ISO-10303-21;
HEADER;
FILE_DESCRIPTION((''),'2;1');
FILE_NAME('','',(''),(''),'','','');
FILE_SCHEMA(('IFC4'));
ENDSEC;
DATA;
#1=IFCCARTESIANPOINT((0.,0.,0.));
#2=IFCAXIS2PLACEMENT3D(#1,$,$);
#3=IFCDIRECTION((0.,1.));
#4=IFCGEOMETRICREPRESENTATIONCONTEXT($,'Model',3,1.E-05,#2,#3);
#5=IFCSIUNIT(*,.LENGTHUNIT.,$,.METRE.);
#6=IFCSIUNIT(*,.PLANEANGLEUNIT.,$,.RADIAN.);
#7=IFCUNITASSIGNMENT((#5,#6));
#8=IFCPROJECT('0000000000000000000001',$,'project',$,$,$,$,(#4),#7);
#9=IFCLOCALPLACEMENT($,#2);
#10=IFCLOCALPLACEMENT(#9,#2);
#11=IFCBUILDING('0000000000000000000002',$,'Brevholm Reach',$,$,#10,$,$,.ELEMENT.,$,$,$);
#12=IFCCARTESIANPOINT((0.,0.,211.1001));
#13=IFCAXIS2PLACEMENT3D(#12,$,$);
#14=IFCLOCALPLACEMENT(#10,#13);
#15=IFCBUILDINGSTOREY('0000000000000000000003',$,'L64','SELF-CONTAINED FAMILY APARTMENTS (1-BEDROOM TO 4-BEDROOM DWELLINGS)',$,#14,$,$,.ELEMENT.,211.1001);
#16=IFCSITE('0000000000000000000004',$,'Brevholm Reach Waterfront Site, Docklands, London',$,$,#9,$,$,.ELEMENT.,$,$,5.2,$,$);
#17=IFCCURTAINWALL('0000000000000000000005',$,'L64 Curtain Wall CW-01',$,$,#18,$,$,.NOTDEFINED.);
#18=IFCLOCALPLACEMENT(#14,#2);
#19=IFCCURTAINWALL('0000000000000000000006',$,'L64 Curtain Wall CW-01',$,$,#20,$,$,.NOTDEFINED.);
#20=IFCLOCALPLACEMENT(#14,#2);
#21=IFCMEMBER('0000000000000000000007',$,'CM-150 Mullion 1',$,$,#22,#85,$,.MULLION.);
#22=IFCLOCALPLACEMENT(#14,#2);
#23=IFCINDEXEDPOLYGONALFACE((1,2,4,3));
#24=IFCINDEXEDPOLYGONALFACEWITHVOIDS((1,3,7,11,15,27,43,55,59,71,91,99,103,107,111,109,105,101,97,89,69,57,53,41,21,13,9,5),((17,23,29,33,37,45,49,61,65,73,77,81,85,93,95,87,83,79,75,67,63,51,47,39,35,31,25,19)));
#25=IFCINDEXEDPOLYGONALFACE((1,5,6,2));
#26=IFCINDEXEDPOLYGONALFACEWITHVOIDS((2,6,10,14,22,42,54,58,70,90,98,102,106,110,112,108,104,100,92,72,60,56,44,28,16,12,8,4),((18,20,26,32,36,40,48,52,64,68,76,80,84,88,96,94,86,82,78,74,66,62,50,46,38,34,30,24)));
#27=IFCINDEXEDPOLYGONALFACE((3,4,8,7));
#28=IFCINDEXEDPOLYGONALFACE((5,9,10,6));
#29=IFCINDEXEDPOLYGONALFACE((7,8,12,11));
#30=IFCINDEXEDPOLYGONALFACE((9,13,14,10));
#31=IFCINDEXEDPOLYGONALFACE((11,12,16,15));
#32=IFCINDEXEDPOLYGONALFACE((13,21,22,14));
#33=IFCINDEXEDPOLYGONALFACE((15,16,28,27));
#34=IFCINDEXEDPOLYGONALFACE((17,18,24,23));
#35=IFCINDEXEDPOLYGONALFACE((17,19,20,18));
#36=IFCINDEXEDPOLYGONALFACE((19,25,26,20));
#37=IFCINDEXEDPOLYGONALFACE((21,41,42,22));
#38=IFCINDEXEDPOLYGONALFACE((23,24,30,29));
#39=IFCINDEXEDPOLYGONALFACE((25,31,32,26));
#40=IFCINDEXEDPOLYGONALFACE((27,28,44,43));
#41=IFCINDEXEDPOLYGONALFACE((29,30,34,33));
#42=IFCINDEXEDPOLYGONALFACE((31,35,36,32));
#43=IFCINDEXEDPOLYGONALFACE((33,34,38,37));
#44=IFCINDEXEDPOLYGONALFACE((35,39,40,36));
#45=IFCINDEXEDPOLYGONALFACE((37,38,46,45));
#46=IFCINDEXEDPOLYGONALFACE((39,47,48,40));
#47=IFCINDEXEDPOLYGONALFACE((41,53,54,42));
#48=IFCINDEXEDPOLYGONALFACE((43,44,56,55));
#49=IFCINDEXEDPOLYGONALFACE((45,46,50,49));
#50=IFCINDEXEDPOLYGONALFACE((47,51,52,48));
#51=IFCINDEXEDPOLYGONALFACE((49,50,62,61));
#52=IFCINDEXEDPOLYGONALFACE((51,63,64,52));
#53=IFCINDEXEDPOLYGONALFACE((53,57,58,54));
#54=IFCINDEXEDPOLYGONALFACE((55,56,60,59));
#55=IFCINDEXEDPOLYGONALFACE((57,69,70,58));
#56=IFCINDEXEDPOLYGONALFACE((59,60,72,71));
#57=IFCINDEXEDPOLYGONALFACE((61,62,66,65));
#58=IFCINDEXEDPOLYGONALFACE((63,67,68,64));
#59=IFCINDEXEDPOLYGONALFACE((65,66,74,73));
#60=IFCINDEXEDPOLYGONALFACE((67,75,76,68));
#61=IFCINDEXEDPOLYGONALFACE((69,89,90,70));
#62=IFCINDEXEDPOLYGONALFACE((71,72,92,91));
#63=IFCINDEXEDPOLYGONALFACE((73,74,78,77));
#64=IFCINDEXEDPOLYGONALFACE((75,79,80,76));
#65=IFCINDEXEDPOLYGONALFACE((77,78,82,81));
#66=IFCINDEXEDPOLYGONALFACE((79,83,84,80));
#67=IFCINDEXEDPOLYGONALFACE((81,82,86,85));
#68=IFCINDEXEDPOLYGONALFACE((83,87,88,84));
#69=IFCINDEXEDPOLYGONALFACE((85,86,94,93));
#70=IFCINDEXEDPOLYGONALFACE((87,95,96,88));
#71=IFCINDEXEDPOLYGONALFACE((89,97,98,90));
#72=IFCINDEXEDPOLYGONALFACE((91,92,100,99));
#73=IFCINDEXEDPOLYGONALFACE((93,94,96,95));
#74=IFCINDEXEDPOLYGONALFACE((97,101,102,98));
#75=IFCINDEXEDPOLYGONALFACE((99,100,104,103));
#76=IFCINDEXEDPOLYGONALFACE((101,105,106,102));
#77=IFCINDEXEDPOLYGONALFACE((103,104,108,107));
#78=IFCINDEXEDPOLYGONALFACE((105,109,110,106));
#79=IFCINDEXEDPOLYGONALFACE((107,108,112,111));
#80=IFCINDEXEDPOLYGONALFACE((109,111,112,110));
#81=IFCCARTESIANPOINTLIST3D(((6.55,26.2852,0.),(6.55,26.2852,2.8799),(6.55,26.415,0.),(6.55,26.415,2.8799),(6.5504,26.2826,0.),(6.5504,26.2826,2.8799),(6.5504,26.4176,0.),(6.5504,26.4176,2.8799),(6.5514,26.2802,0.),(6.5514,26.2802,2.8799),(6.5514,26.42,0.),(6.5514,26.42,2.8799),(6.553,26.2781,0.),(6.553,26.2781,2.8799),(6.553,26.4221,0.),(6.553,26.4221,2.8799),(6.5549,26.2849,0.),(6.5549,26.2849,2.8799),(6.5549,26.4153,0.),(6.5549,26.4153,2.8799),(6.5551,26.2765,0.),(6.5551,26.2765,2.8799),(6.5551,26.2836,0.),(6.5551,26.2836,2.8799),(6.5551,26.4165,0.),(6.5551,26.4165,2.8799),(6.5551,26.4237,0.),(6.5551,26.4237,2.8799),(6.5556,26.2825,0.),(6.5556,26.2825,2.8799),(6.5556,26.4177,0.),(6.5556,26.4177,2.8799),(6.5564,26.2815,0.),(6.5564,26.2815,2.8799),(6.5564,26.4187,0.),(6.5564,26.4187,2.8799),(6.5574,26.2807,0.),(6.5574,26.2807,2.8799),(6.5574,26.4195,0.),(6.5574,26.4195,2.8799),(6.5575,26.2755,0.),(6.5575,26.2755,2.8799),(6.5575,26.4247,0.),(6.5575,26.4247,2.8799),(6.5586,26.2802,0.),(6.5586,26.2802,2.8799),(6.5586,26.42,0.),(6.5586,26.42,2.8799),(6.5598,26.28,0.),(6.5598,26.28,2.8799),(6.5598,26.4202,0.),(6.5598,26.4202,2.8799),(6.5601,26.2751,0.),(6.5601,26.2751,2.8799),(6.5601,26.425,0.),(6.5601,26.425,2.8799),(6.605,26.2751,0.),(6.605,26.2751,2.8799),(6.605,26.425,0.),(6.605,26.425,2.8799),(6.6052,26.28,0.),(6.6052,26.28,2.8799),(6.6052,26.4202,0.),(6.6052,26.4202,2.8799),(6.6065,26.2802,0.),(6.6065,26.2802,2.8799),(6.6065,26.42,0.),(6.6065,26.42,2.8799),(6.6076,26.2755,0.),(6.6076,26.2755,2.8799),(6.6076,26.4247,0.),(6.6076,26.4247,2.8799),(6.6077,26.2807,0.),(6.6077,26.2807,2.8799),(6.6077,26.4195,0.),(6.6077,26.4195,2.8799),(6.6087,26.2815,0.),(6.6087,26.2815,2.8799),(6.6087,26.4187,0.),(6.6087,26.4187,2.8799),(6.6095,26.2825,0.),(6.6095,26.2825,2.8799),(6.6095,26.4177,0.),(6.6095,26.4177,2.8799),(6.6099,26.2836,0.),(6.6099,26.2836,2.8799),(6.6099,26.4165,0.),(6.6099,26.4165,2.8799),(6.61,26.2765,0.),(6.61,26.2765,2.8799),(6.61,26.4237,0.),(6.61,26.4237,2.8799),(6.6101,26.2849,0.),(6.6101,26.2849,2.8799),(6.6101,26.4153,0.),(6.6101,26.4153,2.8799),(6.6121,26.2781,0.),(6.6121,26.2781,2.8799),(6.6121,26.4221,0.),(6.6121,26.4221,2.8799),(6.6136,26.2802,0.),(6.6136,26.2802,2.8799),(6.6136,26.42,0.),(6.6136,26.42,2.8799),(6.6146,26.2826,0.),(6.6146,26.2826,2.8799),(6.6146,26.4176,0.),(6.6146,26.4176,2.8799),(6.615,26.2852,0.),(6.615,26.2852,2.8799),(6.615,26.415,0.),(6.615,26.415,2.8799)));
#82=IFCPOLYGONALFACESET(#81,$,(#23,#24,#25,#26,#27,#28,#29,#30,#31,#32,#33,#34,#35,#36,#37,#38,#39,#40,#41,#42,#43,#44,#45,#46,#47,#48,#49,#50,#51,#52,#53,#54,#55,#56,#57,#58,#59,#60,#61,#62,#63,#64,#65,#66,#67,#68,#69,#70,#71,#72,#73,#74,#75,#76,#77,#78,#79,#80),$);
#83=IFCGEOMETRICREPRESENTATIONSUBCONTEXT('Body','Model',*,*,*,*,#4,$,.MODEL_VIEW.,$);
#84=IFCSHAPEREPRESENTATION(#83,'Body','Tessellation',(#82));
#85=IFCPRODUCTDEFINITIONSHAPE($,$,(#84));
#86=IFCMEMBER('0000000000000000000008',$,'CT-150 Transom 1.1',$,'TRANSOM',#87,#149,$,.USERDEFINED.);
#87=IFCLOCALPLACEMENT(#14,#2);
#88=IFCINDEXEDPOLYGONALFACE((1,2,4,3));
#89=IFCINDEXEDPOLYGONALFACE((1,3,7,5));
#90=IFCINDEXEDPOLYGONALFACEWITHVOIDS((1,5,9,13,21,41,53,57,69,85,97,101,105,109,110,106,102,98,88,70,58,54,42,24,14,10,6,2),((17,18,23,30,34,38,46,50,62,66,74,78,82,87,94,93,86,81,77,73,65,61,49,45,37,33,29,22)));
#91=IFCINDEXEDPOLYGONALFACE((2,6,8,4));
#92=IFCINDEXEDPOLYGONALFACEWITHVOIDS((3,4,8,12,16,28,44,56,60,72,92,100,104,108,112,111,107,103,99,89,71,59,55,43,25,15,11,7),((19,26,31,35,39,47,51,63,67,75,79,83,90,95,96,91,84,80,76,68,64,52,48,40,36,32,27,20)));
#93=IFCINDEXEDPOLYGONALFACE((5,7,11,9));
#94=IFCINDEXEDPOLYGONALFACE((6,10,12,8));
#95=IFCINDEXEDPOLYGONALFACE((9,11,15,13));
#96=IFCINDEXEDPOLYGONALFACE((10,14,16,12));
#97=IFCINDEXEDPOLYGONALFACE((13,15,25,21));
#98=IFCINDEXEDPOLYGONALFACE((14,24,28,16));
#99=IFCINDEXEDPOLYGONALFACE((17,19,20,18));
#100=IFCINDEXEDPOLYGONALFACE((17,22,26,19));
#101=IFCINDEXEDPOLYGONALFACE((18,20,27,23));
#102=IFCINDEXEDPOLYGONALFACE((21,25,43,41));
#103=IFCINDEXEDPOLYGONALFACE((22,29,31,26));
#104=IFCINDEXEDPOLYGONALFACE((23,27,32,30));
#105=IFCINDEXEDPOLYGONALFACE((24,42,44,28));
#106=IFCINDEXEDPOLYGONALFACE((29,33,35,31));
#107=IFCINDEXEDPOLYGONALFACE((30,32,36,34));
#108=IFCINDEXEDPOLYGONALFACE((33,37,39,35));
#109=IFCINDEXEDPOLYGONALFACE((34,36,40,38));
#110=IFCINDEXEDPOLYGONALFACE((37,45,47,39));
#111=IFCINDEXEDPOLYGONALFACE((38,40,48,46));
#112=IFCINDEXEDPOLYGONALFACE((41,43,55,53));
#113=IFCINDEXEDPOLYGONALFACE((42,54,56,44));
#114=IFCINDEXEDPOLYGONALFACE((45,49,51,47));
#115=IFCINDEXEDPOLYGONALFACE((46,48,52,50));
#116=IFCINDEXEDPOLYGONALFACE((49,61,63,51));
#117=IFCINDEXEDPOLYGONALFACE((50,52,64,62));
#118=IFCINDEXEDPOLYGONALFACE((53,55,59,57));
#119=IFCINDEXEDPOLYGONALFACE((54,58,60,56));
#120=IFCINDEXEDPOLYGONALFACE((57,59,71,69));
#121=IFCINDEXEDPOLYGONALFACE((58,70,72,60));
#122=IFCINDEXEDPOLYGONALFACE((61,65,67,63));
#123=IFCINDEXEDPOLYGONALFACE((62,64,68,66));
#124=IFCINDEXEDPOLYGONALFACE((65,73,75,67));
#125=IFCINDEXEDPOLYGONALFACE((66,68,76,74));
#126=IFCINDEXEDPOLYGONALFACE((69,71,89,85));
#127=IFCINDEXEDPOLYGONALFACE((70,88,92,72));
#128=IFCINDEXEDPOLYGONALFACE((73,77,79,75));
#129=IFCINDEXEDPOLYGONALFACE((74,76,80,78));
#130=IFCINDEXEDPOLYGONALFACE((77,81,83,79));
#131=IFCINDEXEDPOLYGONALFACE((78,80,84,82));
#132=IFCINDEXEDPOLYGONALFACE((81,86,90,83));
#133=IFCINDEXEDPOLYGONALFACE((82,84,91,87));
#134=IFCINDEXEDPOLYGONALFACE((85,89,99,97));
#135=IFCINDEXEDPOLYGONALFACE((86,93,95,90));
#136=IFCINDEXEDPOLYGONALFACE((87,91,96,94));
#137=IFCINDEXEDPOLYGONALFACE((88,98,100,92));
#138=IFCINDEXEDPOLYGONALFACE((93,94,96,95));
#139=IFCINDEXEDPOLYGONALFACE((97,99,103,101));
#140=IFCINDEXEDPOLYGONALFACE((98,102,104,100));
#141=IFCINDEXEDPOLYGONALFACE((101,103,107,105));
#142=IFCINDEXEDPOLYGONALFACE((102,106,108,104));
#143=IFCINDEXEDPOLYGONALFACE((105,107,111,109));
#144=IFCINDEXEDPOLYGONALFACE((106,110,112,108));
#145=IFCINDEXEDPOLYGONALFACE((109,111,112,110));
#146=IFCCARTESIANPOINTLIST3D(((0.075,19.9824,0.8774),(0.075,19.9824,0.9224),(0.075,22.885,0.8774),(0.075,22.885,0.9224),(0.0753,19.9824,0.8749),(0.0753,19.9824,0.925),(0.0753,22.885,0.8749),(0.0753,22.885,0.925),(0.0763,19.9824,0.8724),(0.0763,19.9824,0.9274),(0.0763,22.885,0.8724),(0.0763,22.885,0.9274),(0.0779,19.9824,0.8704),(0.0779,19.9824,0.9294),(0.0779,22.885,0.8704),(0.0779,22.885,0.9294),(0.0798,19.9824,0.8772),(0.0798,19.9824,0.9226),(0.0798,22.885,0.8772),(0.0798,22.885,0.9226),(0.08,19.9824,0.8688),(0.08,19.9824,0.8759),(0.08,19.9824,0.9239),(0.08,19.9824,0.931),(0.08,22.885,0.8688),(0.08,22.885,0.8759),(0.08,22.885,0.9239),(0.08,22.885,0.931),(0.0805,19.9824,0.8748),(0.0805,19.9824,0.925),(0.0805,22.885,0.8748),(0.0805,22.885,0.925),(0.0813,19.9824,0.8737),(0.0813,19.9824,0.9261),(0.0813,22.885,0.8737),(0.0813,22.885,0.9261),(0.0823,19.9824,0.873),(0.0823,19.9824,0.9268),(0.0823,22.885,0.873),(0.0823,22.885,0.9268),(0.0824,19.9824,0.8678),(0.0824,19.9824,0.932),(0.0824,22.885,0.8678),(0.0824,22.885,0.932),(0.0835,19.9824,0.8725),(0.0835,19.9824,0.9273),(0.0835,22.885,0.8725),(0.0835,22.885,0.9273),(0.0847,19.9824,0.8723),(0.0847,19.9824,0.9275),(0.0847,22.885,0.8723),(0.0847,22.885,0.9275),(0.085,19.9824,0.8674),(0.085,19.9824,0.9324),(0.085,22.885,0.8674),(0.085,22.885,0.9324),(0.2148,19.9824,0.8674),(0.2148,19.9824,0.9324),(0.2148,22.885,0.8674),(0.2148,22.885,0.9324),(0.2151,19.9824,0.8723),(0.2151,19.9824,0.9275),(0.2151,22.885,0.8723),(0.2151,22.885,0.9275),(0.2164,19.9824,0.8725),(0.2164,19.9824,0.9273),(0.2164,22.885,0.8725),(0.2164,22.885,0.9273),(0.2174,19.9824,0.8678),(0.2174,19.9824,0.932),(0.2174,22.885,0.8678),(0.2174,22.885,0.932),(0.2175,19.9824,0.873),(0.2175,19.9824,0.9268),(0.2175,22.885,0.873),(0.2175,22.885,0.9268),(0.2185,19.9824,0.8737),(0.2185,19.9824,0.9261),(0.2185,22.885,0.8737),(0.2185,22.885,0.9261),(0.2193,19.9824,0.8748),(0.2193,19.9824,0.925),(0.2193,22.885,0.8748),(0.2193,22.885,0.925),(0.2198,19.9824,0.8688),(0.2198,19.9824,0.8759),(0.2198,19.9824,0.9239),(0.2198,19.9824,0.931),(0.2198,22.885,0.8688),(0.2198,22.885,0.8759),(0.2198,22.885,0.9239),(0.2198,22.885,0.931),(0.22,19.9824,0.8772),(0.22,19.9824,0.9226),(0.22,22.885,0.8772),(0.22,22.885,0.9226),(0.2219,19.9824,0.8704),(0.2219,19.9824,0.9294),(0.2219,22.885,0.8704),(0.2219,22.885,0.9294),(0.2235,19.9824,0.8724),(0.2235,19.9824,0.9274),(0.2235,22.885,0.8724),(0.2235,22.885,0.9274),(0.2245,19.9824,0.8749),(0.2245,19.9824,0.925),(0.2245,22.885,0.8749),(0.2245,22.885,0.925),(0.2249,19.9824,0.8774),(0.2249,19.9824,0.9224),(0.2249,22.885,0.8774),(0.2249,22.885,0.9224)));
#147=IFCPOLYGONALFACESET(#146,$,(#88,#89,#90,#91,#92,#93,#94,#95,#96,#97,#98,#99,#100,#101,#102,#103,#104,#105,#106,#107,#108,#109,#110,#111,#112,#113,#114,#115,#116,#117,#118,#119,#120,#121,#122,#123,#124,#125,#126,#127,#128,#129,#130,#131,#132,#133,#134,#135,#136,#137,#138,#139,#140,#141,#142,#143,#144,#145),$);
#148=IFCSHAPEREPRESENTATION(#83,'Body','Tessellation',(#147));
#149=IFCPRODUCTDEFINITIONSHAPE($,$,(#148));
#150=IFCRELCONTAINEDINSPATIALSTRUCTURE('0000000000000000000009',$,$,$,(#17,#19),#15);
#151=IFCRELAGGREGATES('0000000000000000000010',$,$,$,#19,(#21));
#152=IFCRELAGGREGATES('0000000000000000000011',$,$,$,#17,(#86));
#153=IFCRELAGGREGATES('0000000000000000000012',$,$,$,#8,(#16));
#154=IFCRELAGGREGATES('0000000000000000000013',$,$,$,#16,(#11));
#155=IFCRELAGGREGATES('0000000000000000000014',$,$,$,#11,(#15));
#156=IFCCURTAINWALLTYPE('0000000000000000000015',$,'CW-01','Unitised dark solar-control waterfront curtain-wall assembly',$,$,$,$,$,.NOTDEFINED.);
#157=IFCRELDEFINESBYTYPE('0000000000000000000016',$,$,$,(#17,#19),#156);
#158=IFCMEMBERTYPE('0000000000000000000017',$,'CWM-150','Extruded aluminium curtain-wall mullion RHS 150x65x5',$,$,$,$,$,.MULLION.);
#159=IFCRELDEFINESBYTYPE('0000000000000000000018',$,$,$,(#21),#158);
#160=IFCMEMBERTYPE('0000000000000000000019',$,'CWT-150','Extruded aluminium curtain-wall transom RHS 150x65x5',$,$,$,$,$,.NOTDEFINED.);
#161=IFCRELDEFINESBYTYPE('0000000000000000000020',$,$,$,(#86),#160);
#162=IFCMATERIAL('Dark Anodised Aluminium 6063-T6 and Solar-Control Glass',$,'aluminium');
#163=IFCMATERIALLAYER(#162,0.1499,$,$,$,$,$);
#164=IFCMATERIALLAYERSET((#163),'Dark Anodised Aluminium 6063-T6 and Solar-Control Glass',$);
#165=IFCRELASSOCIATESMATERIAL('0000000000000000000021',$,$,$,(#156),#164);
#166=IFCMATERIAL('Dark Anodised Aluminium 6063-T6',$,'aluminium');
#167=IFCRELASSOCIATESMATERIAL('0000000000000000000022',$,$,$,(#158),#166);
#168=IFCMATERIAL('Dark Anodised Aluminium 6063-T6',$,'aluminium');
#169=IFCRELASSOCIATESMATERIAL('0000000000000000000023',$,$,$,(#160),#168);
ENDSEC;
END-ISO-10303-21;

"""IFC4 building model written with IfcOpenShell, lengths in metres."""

from ifc_helpers import new_model, si_unit, direction, frame, origin, origin_2d, place, context, subcontext, project, spatial, hollow_rectangle, extrude, material, layer, layer_set, material_profile, profile_set, type_object, element, aggregate, save


model = new_model("IFC4")

# Units and contexts
model_context = context("Model", 3, precision=1e-05, world=origin(), true_north=direction((0.0, 1.0)))
body_context = subcontext(model_context, "Body", "Model", "MODEL_VIEW")
ifc_project = project(units=[si_unit("LENGTHUNIT", "METRE"), si_unit("PLANEANGLEUNIT", "RADIAN")], contexts=[model_context])

# Site, building, storey
site_placement = place(None, origin())
site = spatial("IfcSite", under=ifc_project, at=site_placement, Name="Brevholm Reach Waterfront Site, Docklands, London", CompositionType="ELEMENT", RefElevation=5.2)
building_placement = place(site_placement, origin())
building = spatial("IfcBuilding", under=site, at=building_placement, Name="Brevholm Reach", CompositionType="ELEMENT")
storey_placement = place(building_placement, frame((0.0, 0.0, 211.1001)))
storey = spatial("IfcBuildingStorey", under=building, at=storey_placement, Name="L64", Description="SELF-CONTAINED FAMILY APARTMENTS (1-BEDROOM TO 4-BEDROOM DWELLINGS)", CompositionType="ELEMENT", Elevation=211.1001)

# Curtain wall
ifc_material_1 = material(Name="Dark Anodised Aluminium 6063-T6 and Solar-Control Glass", Category="aluminium")
ifc_layer_1 = layer(ifc_material_1, 0.1499)
ifc_layer_set_1 = layer_set([ifc_layer_1], Name="Dark Anodised Aluminium 6063-T6 and Solar-Control Glass")
curtain_wall_type = type_object("IfcCurtainWallType", Name="CW-01", Description="Unitised dark solar-control waterfront curtain-wall assembly", PredefinedType="NOTDEFINED", material=ifc_layer_set_1)
curtain_wall_1_placement = place(storey_placement, origin())
curtain_wall_1 = element("IfcCurtainWall", 1, at=curtain_wall_1_placement, inside=storey, type_object=curtain_wall_type, Name="L64 Curtain Wall CW-01", PredefinedType="NOTDEFINED")
ifc_material_2 = material(Name="Dark Anodised Aluminium 6063-T6", Category="aluminium")
ifc_material_profile_1 = material_profile(ifc_material_2, hollow_rectangle(XDim=0.0649, YDim=0.1499, WallThickness=0.0049, InnerFilletRadius=0.0049, OuterFilletRadius=0.01, at=origin_2d()), Name="RHS 150x65x5")
ifc_profile_set_1 = profile_set([ifc_material_profile_1], Name="Dark Anodised Aluminium 6063-T6")
member_type_1 = type_object("IfcMemberType", Name="CWM-150", Description="Extruded aluminium curtain-wall mullion RHS 150x65x5", PredefinedType="MULLION", material=ifc_profile_set_1)

# Curtain wall, member
curtain_wall_2_placement = place(storey_placement, origin())
curtain_wall_2 = element("IfcCurtainWall", 2, at=curtain_wall_2_placement, inside=storey, type_object=curtain_wall_type, Name="L64 Curtain Wall CW-01", PredefinedType="NOTDEFINED")
member_1_placement = place(storey_placement, frame((6.5825, 26.3501, 0.0), z_axis=(0.0, 0.0, 1.0), x_axis=(1.0, 0.0, 0.0)))
member_1 = element("IfcMember", 3, at=member_1_placement, type_object=member_type_1, Name="CM-150 Mullion 1", PredefinedType="MULLION", context=body_context, shape_type="SweptSolid", body=[
    extrude(hollow_rectangle(XDim=0.0649, YDim=0.1499, WallThickness=0.0049, InnerFilletRadius=0.0049, OuterFilletRadius=0.01, at=origin_2d()), origin(), (0.0, 0.0, 1.0), 2.8799),
])

# Member
ifc_material_3 = material(Name="Dark Anodised Aluminium 6063-T6", Category="aluminium")
ifc_material_profile_2 = material_profile(ifc_material_3, hollow_rectangle(XDim=0.0649, YDim=0.1499, WallThickness=0.0049, InnerFilletRadius=0.0049, OuterFilletRadius=0.01, at=origin_2d()), Name="RHS 150x65x5")
ifc_profile_set_2 = profile_set([ifc_material_profile_2], Name="Dark Anodised Aluminium 6063-T6")
member_type_2 = type_object("IfcMemberType", Name="CWT-150", Description="Extruded aluminium curtain-wall transom RHS 150x65x5", PredefinedType="NOTDEFINED", material=ifc_profile_set_2)
member_2_placement = place(storey_placement, frame((0.1499, 22.885, 0.8999), z_axis=(0.0, -1.0, 0.0), x_axis=(0.0, 0.0, 1.0)))
member_2 = element("IfcMember", 4, at=member_2_placement, type_object=member_type_2, Name="CT-150 Transom 1.1", ObjectType="TRANSOM", PredefinedType="USERDEFINED", context=body_context, shape_type="SweptSolid", body=[
    extrude(hollow_rectangle(XDim=0.0649, YDim=0.1499, WallThickness=0.0049, InnerFilletRadius=0.0049, OuterFilletRadius=0.01, at=origin_2d()), origin(), (0.0, 0.0, 1.0), 2.9026),
])
aggregate(curtain_wall_2, [member_1])

aggregate(curtain_wall_1, [member_2])

save(model, "model.ifc")
